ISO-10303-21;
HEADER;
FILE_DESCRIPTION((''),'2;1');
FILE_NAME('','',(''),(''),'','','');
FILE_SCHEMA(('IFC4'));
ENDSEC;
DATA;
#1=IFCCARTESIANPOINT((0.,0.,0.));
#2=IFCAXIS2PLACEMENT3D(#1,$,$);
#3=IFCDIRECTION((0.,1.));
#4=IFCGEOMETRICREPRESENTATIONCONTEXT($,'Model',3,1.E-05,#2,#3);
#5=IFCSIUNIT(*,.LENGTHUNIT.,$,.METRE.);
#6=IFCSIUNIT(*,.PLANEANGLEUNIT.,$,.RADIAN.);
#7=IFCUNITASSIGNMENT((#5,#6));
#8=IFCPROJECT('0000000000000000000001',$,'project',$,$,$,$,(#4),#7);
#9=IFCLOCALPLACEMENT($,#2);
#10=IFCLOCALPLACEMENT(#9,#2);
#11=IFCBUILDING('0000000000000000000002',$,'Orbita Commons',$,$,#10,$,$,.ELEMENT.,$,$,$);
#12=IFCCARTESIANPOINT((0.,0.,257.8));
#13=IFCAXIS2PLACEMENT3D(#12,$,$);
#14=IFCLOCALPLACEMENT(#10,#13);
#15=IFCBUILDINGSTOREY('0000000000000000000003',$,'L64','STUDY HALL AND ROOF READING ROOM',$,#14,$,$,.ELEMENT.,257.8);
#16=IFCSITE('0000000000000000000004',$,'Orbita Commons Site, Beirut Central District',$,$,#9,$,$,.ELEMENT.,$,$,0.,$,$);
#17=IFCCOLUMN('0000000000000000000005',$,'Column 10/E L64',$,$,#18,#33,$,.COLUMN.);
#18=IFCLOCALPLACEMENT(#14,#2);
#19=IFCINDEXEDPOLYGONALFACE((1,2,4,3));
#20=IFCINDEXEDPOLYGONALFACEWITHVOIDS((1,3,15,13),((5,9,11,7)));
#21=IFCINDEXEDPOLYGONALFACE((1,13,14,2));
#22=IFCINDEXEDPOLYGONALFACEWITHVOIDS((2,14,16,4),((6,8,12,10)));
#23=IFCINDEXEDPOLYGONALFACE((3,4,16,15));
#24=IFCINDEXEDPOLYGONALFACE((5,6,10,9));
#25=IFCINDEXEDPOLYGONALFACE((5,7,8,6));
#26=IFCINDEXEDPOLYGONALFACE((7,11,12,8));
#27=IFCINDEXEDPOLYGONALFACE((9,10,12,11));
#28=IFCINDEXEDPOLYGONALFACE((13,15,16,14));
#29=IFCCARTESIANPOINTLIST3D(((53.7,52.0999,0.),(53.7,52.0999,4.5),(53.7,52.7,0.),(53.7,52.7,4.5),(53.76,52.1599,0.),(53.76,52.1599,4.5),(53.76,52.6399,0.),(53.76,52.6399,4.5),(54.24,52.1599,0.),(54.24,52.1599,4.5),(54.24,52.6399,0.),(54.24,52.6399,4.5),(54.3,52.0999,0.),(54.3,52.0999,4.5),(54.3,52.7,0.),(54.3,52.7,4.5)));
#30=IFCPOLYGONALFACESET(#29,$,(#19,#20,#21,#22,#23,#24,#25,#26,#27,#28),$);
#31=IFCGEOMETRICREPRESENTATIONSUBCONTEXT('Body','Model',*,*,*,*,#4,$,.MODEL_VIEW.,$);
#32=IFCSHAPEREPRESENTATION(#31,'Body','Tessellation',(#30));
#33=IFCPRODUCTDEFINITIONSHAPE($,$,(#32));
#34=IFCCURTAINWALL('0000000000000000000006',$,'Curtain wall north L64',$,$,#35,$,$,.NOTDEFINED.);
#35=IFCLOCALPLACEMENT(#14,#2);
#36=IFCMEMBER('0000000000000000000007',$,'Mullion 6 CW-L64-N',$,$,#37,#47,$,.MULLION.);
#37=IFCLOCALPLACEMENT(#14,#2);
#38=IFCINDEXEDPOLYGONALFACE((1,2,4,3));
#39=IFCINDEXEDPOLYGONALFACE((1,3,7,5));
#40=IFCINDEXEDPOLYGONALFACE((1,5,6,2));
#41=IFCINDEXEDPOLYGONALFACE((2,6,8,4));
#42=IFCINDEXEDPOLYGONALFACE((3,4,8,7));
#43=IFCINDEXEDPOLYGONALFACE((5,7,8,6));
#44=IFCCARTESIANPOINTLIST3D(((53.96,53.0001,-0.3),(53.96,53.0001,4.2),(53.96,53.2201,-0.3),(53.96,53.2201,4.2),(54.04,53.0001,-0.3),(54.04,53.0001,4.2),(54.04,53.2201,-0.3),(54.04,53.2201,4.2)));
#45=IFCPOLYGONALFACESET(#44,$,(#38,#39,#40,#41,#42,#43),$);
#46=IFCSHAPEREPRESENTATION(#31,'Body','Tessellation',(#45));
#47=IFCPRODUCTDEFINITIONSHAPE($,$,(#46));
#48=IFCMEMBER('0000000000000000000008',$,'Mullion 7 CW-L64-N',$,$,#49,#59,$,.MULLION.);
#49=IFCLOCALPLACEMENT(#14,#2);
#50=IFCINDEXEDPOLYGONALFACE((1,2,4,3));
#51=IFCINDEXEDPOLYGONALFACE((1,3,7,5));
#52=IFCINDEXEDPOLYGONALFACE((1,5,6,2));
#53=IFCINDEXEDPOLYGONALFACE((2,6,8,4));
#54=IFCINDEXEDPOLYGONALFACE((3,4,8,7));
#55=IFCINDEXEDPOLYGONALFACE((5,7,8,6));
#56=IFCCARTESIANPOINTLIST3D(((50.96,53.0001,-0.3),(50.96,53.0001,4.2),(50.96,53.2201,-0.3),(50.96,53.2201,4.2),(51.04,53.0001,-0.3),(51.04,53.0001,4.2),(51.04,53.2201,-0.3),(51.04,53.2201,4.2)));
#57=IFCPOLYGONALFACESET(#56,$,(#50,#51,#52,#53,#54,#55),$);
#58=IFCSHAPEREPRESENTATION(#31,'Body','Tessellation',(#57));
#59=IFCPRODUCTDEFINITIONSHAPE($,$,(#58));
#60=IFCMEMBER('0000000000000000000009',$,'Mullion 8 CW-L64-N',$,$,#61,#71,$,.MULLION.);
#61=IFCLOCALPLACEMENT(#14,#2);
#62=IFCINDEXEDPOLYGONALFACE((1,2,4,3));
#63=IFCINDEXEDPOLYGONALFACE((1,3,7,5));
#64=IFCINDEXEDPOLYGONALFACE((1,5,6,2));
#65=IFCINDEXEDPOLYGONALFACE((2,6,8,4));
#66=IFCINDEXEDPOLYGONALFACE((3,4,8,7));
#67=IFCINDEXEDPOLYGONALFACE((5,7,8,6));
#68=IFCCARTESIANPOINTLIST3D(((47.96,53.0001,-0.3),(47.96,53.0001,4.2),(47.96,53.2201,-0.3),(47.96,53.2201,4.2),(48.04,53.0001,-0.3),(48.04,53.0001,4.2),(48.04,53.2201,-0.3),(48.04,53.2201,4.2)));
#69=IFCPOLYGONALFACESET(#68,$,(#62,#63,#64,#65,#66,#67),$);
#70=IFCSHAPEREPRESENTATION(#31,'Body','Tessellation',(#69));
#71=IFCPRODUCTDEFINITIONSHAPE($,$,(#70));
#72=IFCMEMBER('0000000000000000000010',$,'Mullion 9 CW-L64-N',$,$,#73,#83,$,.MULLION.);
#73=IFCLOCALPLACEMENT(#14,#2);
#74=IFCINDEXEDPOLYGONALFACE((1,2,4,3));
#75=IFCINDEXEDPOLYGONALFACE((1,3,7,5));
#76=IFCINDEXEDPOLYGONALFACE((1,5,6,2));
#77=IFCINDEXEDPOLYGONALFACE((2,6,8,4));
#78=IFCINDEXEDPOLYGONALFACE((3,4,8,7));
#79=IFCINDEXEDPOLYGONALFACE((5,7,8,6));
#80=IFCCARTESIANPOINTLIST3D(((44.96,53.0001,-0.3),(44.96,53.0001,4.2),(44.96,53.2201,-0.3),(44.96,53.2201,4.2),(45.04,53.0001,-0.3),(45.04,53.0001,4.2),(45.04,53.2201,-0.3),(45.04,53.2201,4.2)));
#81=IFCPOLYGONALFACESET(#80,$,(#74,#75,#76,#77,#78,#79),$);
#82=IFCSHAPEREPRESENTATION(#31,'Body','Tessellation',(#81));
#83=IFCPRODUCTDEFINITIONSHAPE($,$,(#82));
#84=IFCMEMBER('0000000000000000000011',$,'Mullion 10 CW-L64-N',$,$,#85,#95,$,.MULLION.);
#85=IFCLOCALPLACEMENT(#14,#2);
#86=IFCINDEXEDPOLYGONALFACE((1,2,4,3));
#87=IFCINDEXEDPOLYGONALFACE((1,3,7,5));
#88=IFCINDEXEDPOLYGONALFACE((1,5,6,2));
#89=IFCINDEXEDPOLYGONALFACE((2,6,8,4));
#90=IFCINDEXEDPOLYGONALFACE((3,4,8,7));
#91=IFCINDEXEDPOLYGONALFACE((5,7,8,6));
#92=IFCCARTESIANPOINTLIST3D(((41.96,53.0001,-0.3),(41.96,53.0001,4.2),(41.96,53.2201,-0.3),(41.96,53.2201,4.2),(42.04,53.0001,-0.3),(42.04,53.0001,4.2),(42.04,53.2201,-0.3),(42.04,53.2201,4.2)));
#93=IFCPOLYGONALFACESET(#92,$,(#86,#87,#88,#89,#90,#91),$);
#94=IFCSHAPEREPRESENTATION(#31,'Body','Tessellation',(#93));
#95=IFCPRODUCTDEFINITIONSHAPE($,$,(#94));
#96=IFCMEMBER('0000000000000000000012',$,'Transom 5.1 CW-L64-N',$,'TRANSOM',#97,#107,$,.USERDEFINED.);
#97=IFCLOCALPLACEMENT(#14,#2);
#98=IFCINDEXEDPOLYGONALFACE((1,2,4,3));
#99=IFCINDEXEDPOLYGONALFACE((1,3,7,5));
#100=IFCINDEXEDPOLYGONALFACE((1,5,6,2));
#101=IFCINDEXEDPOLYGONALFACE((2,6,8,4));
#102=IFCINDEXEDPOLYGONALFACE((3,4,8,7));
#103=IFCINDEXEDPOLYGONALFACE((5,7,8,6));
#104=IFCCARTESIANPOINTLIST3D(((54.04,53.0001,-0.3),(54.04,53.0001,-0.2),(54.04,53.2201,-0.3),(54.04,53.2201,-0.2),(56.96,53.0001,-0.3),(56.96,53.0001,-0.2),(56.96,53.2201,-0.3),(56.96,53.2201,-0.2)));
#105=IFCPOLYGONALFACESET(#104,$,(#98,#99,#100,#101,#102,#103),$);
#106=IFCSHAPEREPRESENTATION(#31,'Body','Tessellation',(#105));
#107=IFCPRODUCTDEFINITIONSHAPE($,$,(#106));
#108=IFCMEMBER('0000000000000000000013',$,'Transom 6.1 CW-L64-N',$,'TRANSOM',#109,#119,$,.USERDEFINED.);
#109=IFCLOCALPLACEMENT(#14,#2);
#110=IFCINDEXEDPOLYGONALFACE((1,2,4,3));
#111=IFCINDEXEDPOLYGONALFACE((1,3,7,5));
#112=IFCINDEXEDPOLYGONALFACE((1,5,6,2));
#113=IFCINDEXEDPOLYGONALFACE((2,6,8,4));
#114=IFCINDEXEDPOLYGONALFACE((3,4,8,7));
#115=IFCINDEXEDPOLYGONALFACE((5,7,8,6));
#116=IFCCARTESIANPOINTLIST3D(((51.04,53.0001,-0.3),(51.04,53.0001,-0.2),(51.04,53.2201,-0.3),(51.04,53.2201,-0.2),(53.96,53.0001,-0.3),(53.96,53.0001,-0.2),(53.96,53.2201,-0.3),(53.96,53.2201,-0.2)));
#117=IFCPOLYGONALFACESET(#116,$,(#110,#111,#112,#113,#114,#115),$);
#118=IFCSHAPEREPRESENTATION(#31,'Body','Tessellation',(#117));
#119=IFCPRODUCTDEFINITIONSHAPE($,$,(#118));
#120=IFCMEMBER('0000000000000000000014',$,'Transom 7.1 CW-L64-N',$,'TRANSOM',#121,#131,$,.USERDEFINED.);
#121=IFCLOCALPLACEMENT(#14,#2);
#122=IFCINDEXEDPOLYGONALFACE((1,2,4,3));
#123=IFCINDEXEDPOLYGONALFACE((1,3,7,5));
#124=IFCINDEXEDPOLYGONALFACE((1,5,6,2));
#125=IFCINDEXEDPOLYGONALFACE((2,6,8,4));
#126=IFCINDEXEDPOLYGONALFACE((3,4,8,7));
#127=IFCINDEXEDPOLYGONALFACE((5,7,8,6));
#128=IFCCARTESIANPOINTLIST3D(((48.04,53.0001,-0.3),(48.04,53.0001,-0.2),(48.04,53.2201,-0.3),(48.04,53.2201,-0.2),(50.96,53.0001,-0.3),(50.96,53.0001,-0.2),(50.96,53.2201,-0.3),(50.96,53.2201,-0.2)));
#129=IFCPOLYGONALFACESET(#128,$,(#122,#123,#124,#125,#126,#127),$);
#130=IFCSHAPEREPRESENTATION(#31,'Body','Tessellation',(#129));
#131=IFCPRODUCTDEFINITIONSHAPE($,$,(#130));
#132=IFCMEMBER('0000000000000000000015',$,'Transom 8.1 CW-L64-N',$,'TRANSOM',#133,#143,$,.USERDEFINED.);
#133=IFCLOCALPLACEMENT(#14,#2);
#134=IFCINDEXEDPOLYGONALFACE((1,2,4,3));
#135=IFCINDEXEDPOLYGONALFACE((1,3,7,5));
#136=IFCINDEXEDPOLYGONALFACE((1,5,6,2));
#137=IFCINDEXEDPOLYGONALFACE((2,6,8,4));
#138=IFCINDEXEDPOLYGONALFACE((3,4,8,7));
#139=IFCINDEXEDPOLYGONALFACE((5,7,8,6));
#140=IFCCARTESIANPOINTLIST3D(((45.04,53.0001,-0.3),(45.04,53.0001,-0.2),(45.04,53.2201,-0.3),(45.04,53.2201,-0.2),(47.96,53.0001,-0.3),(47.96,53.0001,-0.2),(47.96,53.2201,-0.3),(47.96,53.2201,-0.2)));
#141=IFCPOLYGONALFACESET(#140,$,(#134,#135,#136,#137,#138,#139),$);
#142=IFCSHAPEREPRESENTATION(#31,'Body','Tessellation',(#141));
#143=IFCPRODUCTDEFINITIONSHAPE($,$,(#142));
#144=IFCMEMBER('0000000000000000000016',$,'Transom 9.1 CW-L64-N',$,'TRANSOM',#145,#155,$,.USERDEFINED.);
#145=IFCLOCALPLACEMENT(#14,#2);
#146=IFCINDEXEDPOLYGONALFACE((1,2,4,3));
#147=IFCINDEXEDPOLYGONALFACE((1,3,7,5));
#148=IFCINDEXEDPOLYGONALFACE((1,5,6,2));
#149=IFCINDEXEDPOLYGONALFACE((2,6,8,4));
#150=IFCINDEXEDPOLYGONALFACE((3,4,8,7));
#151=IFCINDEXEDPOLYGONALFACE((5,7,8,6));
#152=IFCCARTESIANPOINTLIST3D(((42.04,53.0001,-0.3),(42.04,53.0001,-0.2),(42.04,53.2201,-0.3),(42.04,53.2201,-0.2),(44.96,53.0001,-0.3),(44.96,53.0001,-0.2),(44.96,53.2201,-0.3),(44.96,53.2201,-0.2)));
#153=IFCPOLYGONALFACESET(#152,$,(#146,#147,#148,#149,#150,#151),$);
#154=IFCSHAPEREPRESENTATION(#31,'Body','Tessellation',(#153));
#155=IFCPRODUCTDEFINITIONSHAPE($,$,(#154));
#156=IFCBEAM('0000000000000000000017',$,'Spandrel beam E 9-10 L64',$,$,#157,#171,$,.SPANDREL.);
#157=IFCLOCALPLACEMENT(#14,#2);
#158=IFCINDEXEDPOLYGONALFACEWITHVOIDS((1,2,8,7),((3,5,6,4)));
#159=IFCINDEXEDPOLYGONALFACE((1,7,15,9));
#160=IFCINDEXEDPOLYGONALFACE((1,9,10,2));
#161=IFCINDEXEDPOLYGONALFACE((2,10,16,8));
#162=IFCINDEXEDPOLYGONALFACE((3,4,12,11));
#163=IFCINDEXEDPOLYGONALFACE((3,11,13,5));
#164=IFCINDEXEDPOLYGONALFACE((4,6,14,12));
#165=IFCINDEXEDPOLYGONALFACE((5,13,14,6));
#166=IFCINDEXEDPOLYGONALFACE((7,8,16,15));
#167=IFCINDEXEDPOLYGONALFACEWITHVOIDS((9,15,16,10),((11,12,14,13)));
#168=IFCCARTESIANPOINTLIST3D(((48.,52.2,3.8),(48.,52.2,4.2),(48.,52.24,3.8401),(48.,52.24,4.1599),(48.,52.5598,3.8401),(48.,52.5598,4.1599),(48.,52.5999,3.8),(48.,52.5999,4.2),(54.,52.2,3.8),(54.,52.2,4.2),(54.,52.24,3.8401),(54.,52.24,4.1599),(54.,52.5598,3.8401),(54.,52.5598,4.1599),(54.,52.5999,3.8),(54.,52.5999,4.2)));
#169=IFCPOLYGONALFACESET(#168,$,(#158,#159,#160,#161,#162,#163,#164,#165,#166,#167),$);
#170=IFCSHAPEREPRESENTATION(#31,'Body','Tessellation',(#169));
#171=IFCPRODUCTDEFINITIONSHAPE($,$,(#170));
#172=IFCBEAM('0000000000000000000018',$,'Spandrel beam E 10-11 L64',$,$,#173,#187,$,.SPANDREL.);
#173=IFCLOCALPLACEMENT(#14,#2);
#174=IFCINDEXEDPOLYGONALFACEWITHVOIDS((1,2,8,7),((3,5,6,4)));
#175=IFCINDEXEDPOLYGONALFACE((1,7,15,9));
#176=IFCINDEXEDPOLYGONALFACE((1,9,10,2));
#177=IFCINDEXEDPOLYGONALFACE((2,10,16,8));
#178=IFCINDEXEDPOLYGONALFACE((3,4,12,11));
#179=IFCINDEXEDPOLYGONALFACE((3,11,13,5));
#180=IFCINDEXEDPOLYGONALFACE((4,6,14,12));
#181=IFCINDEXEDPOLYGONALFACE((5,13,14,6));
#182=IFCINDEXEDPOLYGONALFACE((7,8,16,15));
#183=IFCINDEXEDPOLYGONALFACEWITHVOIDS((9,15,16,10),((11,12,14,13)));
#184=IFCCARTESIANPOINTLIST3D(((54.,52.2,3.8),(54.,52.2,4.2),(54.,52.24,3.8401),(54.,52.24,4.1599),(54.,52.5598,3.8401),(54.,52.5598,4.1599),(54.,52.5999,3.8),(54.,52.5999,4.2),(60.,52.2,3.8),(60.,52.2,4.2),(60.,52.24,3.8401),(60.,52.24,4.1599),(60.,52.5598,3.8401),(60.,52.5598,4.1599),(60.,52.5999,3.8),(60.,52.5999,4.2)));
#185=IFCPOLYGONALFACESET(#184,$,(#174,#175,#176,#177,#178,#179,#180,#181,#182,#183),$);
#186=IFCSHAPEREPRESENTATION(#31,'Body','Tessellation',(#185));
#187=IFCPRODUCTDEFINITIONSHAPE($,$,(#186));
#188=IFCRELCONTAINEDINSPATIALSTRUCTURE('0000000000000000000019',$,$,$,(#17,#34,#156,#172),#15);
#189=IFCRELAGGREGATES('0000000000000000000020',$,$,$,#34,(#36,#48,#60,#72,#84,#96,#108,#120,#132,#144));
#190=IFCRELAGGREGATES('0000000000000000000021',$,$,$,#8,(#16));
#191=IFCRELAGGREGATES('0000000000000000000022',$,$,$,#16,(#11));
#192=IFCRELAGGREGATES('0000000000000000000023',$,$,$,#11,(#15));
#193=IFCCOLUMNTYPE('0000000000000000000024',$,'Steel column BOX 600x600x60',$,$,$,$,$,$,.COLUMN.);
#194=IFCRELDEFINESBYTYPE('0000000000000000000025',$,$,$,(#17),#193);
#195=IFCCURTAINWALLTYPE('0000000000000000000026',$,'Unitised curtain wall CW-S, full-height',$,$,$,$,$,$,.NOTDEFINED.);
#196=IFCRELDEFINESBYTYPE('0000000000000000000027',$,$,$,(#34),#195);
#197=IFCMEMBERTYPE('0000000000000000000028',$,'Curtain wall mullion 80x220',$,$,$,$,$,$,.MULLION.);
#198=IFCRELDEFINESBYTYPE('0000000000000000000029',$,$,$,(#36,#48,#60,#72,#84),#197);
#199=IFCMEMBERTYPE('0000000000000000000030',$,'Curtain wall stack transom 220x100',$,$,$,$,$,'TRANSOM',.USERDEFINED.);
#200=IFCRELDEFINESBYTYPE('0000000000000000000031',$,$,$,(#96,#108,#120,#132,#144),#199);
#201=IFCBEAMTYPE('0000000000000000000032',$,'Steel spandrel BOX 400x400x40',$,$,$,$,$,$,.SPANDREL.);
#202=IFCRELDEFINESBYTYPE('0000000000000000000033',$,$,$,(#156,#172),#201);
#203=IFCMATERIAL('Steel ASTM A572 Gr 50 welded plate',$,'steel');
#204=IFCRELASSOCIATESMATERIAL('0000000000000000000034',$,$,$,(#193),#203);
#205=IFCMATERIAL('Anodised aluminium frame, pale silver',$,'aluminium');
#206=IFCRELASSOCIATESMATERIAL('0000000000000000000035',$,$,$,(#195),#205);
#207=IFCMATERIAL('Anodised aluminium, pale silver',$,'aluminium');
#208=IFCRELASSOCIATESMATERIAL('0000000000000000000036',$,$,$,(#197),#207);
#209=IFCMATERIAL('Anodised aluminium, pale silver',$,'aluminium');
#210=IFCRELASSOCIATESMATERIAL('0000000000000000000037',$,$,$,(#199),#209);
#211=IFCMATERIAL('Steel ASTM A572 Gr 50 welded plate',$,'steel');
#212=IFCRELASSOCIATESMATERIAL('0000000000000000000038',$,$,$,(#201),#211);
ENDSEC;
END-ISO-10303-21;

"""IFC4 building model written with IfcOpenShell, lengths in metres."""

from ifc_helpers import new_model, si_unit, direction, frame, origin, origin_2d, place, context, subcontext, project, spatial, rectangle, hollow_rectangle, extrude, material, material_profile, profile_set, type_object, element, aggregate, save


model = new_model("IFC4")

# Units and contexts
model_context = context("Model", 3, precision=1e-05, world=origin(), true_north=direction((0.0, 1.0)))
body_context = subcontext(model_context, "Body", "Model", "MODEL_VIEW")
ifc_project = project(units=[si_unit("LENGTHUNIT", "METRE"), si_unit("PLANEANGLEUNIT", "RADIAN")], contexts=[model_context])

# Site, building, storey
site_placement = place(None, origin())
site = spatial("IfcSite", under=ifc_project, at=site_placement, Name="Orbita Commons Site, Beirut Central District", CompositionType="ELEMENT", RefElevation=0.0)
building_placement = place(site_placement, origin())
building = spatial("IfcBuilding", under=site, at=building_placement, Name="Orbita Commons", CompositionType="ELEMENT")
storey_placement = place(building_placement, frame((0.0, 0.0, 257.8)))
storey = spatial("IfcBuildingStorey", under=building, at=storey_placement, Name="L64", Description="STUDY HALL AND ROOF READING ROOM", CompositionType="ELEMENT", Elevation=257.8)

# Column
ifc_material_1 = material(Name="Steel ASTM A572 Gr 50 welded plate", Category="steel")
ifc_material_profile_1 = material_profile(ifc_material_1, hollow_rectangle(XDim=0.6001, YDim=0.6001, WallThickness=0.0601, at=origin_2d()), Name="BOX 600x600x60")
ifc_profile_set_1 = profile_set([ifc_material_profile_1], Name="Steel ASTM A572 Gr 50 welded plate")
column_type = type_object("IfcColumnType", Name="Steel column BOX 600x600x60", PredefinedType="COLUMN", material=ifc_profile_set_1)
column_placement = place(storey_placement, frame((54.0, 52.3999, 0.0), z_axis=(0.0, 0.0, 1.0), x_axis=(1.0, 0.0, 0.0)))
element("IfcColumn", 1, at=column_placement, inside=storey, type_object=column_type, Name="Column 10/E L64", PredefinedType="COLUMN", context=body_context, shape_type="SweptSolid", body=[
    extrude(hollow_rectangle(XDim=0.6001, YDim=0.6001, WallThickness=0.0601, at=origin_2d()), origin(), (0.0, 0.0, 1.0), 4.5),
])

# Curtain wall, members
ifc_material_2 = material(Name="Anodised aluminium frame, pale silver", Category="aluminium")
curtain_wall_type = type_object("IfcCurtainWallType", Name="Unitised curtain wall CW-S, full-height", PredefinedType="NOTDEFINED", material=ifc_material_2)
curtain_wall_placement = place(storey_placement, origin())
curtain_wall = element("IfcCurtainWall", 2, at=curtain_wall_placement, inside=storey, type_object=curtain_wall_type, Name="Curtain wall north L64", PredefinedType="NOTDEFINED")
ifc_material_3 = material(Name="Anodised aluminium, pale silver", Category="aluminium")
ifc_material_profile_2 = material_profile(ifc_material_3, rectangle(XDim=0.0801, YDim=0.22, at=origin_2d()), Name="AL 80x220")
ifc_profile_set_2 = profile_set([ifc_material_profile_2], Name="Anodised aluminium, pale silver")
member_type_1 = type_object("IfcMemberType", Name="Curtain wall mullion 80x220", PredefinedType="MULLION", material=ifc_profile_set_2)
member_1_placement = place(storey_placement, frame((54.0, 53.1101, -0.3), z_axis=(0.0, 0.0, 1.0), x_axis=(-1.0, 0.0, 0.0)))
member_1 = element("IfcMember", 3, at=member_1_placement, type_object=member_type_1, Name="Mullion 6 CW-L64-N", PredefinedType="MULLION", context=body_context, shape_type="SweptSolid", body=[
    extrude(rectangle(XDim=0.0801, YDim=0.22, at=origin_2d()), origin(), (0.0, 0.0, 1.0), 4.5),
])
member_2_placement = place(storey_placement, frame((51.0, 53.1101, -0.3), z_axis=(0.0, 0.0, 1.0), x_axis=(-1.0, 0.0, 0.0)))
member_2 = element("IfcMember", 4, at=member_2_placement, type_object=member_type_1, Name="Mullion 7 CW-L64-N", PredefinedType="MULLION", context=body_context, shape_type="SweptSolid", body=[
    extrude(rectangle(XDim=0.0801, YDim=0.22, at=origin_2d()), origin(), (0.0, 0.0, 1.0), 4.5),
])
member_3_placement = place(storey_placement, frame((48.0, 53.1101, -0.3), z_axis=(0.0, 0.0, 1.0), x_axis=(-1.0, 0.0, 0.0)))
member_3 = element("IfcMember", 5, at=member_3_placement, type_object=member_type_1, Name="Mullion 8 CW-L64-N", PredefinedType="MULLION", context=body_context, shape_type="SweptSolid", body=[
    extrude(rectangle(XDim=0.0801, YDim=0.22, at=origin_2d()), origin(), (0.0, 0.0, 1.0), 4.5),
])
member_4_placement = place(storey_placement, frame((45.0, 53.1101, -0.3), z_axis=(0.0, 0.0, 1.0), x_axis=(-1.0, 0.0, 0.0)))
member_4 = element("IfcMember", 6, at=member_4_placement, type_object=member_type_1, Name="Mullion 9 CW-L64-N", PredefinedType="MULLION", context=body_context, shape_type="SweptSolid", body=[
    extrude(rectangle(XDim=0.0801, YDim=0.22, at=origin_2d()), origin(), (0.0, 0.0, 1.0), 4.5),
])
member_5_placement = place(storey_placement, frame((42.0, 53.1101, -0.3), z_axis=(0.0, 0.0, 1.0), x_axis=(-1.0, 0.0, 0.0)))
member_5 = element("IfcMember", 7, at=member_5_placement, type_object=member_type_1, Name="Mullion 10 CW-L64-N", PredefinedType="MULLION", context=body_context, shape_type="SweptSolid", body=[
    extrude(rectangle(XDim=0.0801, YDim=0.22, at=origin_2d()), origin(), (0.0, 0.0, 1.0), 4.5),
])
ifc_material_4 = material(Name="Anodised aluminium, pale silver", Category="aluminium")
ifc_material_profile_3 = material_profile(ifc_material_4, rectangle(XDim=0.22, YDim=0.1001, at=origin_2d()), Name="AL 220x100")
ifc_profile_set_3 = profile_set([ifc_material_profile_3], Name="Anodised aluminium, pale silver")
member_type_2 = type_object("IfcMemberType", Name="Curtain wall stack transom 220x100", ElementType="TRANSOM", PredefinedType="USERDEFINED", material=ifc_profile_set_3)
member_6_placement = place(storey_placement, frame((56.96, 53.1101, -0.25), z_axis=(-1.0, 0.0, 0.0), x_axis=(0.0, -1.0, 0.0)))
member_6 = element("IfcMember", 8, at=member_6_placement, type_object=member_type_2, Name="Transom 5.1 CW-L64-N", ObjectType="TRANSOM", PredefinedType="USERDEFINED", context=body_context, shape_type="SweptSolid", body=[
    extrude(rectangle(XDim=0.22, YDim=0.1001, at=origin_2d()), origin(), (0.0, 0.0, 1.0), 2.9199),
])
member_7_placement = place(storey_placement, frame((53.96, 53.1101, -0.25), z_axis=(-1.0, 0.0, 0.0), x_axis=(0.0, -1.0, 0.0)))
member_7 = element("IfcMember", 9, at=member_7_placement, type_object=member_type_2, Name="Transom 6.1 CW-L64-N", ObjectType="TRANSOM", PredefinedType="USERDEFINED", context=body_context, shape_type="SweptSolid", body=[
    extrude(rectangle(XDim=0.22, YDim=0.1001, at=origin_2d()), origin(), (0.0, 0.0, 1.0), 2.9199),
])
member_8_placement = place(storey_placement, frame((50.96, 53.1101, -0.25), z_axis=(-1.0, 0.0, 0.0), x_axis=(0.0, -1.0, 0.0)))
member_8 = element("IfcMember", 10, at=member_8_placement, type_object=member_type_2, Name="Transom 7.1 CW-L64-N", ObjectType="TRANSOM", PredefinedType="USERDEFINED", context=body_context, shape_type="SweptSolid", body=[
    extrude(rectangle(XDim=0.22, YDim=0.1001, at=origin_2d()), origin(), (0.0, 0.0, 1.0), 2.9199),
])
member_9_placement = place(storey_placement, frame((47.96, 53.1101, -0.25), z_axis=(-1.0, 0.0, 0.0), x_axis=(0.0, -1.0, 0.0)))
member_9 = element("IfcMember", 11, at=member_9_placement, type_object=member_type_2, Name="Transom 8.1 CW-L64-N", ObjectType="TRANSOM", PredefinedType="USERDEFINED", context=body_context, shape_type="SweptSolid", body=[
    extrude(rectangle(XDim=0.22, YDim=0.1001, at=origin_2d()), origin(), (0.0, 0.0, 1.0), 2.9199),
])
member_10_placement = place(storey_placement, frame((44.96, 53.1101, -0.25), z_axis=(-1.0, 0.0, 0.0), x_axis=(0.0, -1.0, 0.0)))
member_10 = element("IfcMember", 12, at=member_10_placement, type_object=member_type_2, Name="Transom 9.1 CW-L64-N", ObjectType="TRANSOM", PredefinedType="USERDEFINED", context=body_context, shape_type="SweptSolid", body=[
    extrude(rectangle(XDim=0.22, YDim=0.1001, at=origin_2d()), origin(), (0.0, 0.0, 1.0), 2.9199),
])

# Beams
ifc_material_5 = material(Name="Steel ASTM A572 Gr 50 welded plate", Category="steel")
ifc_material_profile_4 = material_profile(ifc_material_5, hollow_rectangle(XDim=0.3999, YDim=0.3999, WallThickness=0.04, at=origin_2d()), Name="BOX 400x400x40")
ifc_profile_set_4 = profile_set([ifc_material_profile_4], Name="Steel ASTM A572 Gr 50 welded plate")
beam_type = type_object("IfcBeamType", Name="Steel spandrel BOX 400x400x40", PredefinedType="SPANDREL", material=ifc_profile_set_4)
for number, where, z_axis, x_axis, name in (
    (13, (48.0, 52.3999, 4.0), (1.0, 0.0, 0.0), (0.0, 1.0, 0.0), "Spandrel beam E 9-10 L64"),
    (14, (54.0, 52.3999, 4.0), (1.0, 0.0, 0.0), (0.0, 1.0, 0.0), "Spandrel beam E 10-11 L64"),
):
    element("IfcBeam", number, at=place(storey_placement, frame(where, z_axis=z_axis, x_axis=x_axis)), inside=storey, type_object=beam_type, Name=name, PredefinedType="SPANDREL", context=body_context, shape_type="SweptSolid", body=[
        extrude(hollow_rectangle(XDim=0.3999, YDim=0.3999, WallThickness=0.04, at=origin_2d()), origin(), (0.0, 0.0, 1.0), 6.0),
    ])

aggregate(curtain_wall, [member_1, member_2, member_3, member_4, member_5, member_6, member_7, member_8, member_9, member_10])

save(model, "model.ifc")
